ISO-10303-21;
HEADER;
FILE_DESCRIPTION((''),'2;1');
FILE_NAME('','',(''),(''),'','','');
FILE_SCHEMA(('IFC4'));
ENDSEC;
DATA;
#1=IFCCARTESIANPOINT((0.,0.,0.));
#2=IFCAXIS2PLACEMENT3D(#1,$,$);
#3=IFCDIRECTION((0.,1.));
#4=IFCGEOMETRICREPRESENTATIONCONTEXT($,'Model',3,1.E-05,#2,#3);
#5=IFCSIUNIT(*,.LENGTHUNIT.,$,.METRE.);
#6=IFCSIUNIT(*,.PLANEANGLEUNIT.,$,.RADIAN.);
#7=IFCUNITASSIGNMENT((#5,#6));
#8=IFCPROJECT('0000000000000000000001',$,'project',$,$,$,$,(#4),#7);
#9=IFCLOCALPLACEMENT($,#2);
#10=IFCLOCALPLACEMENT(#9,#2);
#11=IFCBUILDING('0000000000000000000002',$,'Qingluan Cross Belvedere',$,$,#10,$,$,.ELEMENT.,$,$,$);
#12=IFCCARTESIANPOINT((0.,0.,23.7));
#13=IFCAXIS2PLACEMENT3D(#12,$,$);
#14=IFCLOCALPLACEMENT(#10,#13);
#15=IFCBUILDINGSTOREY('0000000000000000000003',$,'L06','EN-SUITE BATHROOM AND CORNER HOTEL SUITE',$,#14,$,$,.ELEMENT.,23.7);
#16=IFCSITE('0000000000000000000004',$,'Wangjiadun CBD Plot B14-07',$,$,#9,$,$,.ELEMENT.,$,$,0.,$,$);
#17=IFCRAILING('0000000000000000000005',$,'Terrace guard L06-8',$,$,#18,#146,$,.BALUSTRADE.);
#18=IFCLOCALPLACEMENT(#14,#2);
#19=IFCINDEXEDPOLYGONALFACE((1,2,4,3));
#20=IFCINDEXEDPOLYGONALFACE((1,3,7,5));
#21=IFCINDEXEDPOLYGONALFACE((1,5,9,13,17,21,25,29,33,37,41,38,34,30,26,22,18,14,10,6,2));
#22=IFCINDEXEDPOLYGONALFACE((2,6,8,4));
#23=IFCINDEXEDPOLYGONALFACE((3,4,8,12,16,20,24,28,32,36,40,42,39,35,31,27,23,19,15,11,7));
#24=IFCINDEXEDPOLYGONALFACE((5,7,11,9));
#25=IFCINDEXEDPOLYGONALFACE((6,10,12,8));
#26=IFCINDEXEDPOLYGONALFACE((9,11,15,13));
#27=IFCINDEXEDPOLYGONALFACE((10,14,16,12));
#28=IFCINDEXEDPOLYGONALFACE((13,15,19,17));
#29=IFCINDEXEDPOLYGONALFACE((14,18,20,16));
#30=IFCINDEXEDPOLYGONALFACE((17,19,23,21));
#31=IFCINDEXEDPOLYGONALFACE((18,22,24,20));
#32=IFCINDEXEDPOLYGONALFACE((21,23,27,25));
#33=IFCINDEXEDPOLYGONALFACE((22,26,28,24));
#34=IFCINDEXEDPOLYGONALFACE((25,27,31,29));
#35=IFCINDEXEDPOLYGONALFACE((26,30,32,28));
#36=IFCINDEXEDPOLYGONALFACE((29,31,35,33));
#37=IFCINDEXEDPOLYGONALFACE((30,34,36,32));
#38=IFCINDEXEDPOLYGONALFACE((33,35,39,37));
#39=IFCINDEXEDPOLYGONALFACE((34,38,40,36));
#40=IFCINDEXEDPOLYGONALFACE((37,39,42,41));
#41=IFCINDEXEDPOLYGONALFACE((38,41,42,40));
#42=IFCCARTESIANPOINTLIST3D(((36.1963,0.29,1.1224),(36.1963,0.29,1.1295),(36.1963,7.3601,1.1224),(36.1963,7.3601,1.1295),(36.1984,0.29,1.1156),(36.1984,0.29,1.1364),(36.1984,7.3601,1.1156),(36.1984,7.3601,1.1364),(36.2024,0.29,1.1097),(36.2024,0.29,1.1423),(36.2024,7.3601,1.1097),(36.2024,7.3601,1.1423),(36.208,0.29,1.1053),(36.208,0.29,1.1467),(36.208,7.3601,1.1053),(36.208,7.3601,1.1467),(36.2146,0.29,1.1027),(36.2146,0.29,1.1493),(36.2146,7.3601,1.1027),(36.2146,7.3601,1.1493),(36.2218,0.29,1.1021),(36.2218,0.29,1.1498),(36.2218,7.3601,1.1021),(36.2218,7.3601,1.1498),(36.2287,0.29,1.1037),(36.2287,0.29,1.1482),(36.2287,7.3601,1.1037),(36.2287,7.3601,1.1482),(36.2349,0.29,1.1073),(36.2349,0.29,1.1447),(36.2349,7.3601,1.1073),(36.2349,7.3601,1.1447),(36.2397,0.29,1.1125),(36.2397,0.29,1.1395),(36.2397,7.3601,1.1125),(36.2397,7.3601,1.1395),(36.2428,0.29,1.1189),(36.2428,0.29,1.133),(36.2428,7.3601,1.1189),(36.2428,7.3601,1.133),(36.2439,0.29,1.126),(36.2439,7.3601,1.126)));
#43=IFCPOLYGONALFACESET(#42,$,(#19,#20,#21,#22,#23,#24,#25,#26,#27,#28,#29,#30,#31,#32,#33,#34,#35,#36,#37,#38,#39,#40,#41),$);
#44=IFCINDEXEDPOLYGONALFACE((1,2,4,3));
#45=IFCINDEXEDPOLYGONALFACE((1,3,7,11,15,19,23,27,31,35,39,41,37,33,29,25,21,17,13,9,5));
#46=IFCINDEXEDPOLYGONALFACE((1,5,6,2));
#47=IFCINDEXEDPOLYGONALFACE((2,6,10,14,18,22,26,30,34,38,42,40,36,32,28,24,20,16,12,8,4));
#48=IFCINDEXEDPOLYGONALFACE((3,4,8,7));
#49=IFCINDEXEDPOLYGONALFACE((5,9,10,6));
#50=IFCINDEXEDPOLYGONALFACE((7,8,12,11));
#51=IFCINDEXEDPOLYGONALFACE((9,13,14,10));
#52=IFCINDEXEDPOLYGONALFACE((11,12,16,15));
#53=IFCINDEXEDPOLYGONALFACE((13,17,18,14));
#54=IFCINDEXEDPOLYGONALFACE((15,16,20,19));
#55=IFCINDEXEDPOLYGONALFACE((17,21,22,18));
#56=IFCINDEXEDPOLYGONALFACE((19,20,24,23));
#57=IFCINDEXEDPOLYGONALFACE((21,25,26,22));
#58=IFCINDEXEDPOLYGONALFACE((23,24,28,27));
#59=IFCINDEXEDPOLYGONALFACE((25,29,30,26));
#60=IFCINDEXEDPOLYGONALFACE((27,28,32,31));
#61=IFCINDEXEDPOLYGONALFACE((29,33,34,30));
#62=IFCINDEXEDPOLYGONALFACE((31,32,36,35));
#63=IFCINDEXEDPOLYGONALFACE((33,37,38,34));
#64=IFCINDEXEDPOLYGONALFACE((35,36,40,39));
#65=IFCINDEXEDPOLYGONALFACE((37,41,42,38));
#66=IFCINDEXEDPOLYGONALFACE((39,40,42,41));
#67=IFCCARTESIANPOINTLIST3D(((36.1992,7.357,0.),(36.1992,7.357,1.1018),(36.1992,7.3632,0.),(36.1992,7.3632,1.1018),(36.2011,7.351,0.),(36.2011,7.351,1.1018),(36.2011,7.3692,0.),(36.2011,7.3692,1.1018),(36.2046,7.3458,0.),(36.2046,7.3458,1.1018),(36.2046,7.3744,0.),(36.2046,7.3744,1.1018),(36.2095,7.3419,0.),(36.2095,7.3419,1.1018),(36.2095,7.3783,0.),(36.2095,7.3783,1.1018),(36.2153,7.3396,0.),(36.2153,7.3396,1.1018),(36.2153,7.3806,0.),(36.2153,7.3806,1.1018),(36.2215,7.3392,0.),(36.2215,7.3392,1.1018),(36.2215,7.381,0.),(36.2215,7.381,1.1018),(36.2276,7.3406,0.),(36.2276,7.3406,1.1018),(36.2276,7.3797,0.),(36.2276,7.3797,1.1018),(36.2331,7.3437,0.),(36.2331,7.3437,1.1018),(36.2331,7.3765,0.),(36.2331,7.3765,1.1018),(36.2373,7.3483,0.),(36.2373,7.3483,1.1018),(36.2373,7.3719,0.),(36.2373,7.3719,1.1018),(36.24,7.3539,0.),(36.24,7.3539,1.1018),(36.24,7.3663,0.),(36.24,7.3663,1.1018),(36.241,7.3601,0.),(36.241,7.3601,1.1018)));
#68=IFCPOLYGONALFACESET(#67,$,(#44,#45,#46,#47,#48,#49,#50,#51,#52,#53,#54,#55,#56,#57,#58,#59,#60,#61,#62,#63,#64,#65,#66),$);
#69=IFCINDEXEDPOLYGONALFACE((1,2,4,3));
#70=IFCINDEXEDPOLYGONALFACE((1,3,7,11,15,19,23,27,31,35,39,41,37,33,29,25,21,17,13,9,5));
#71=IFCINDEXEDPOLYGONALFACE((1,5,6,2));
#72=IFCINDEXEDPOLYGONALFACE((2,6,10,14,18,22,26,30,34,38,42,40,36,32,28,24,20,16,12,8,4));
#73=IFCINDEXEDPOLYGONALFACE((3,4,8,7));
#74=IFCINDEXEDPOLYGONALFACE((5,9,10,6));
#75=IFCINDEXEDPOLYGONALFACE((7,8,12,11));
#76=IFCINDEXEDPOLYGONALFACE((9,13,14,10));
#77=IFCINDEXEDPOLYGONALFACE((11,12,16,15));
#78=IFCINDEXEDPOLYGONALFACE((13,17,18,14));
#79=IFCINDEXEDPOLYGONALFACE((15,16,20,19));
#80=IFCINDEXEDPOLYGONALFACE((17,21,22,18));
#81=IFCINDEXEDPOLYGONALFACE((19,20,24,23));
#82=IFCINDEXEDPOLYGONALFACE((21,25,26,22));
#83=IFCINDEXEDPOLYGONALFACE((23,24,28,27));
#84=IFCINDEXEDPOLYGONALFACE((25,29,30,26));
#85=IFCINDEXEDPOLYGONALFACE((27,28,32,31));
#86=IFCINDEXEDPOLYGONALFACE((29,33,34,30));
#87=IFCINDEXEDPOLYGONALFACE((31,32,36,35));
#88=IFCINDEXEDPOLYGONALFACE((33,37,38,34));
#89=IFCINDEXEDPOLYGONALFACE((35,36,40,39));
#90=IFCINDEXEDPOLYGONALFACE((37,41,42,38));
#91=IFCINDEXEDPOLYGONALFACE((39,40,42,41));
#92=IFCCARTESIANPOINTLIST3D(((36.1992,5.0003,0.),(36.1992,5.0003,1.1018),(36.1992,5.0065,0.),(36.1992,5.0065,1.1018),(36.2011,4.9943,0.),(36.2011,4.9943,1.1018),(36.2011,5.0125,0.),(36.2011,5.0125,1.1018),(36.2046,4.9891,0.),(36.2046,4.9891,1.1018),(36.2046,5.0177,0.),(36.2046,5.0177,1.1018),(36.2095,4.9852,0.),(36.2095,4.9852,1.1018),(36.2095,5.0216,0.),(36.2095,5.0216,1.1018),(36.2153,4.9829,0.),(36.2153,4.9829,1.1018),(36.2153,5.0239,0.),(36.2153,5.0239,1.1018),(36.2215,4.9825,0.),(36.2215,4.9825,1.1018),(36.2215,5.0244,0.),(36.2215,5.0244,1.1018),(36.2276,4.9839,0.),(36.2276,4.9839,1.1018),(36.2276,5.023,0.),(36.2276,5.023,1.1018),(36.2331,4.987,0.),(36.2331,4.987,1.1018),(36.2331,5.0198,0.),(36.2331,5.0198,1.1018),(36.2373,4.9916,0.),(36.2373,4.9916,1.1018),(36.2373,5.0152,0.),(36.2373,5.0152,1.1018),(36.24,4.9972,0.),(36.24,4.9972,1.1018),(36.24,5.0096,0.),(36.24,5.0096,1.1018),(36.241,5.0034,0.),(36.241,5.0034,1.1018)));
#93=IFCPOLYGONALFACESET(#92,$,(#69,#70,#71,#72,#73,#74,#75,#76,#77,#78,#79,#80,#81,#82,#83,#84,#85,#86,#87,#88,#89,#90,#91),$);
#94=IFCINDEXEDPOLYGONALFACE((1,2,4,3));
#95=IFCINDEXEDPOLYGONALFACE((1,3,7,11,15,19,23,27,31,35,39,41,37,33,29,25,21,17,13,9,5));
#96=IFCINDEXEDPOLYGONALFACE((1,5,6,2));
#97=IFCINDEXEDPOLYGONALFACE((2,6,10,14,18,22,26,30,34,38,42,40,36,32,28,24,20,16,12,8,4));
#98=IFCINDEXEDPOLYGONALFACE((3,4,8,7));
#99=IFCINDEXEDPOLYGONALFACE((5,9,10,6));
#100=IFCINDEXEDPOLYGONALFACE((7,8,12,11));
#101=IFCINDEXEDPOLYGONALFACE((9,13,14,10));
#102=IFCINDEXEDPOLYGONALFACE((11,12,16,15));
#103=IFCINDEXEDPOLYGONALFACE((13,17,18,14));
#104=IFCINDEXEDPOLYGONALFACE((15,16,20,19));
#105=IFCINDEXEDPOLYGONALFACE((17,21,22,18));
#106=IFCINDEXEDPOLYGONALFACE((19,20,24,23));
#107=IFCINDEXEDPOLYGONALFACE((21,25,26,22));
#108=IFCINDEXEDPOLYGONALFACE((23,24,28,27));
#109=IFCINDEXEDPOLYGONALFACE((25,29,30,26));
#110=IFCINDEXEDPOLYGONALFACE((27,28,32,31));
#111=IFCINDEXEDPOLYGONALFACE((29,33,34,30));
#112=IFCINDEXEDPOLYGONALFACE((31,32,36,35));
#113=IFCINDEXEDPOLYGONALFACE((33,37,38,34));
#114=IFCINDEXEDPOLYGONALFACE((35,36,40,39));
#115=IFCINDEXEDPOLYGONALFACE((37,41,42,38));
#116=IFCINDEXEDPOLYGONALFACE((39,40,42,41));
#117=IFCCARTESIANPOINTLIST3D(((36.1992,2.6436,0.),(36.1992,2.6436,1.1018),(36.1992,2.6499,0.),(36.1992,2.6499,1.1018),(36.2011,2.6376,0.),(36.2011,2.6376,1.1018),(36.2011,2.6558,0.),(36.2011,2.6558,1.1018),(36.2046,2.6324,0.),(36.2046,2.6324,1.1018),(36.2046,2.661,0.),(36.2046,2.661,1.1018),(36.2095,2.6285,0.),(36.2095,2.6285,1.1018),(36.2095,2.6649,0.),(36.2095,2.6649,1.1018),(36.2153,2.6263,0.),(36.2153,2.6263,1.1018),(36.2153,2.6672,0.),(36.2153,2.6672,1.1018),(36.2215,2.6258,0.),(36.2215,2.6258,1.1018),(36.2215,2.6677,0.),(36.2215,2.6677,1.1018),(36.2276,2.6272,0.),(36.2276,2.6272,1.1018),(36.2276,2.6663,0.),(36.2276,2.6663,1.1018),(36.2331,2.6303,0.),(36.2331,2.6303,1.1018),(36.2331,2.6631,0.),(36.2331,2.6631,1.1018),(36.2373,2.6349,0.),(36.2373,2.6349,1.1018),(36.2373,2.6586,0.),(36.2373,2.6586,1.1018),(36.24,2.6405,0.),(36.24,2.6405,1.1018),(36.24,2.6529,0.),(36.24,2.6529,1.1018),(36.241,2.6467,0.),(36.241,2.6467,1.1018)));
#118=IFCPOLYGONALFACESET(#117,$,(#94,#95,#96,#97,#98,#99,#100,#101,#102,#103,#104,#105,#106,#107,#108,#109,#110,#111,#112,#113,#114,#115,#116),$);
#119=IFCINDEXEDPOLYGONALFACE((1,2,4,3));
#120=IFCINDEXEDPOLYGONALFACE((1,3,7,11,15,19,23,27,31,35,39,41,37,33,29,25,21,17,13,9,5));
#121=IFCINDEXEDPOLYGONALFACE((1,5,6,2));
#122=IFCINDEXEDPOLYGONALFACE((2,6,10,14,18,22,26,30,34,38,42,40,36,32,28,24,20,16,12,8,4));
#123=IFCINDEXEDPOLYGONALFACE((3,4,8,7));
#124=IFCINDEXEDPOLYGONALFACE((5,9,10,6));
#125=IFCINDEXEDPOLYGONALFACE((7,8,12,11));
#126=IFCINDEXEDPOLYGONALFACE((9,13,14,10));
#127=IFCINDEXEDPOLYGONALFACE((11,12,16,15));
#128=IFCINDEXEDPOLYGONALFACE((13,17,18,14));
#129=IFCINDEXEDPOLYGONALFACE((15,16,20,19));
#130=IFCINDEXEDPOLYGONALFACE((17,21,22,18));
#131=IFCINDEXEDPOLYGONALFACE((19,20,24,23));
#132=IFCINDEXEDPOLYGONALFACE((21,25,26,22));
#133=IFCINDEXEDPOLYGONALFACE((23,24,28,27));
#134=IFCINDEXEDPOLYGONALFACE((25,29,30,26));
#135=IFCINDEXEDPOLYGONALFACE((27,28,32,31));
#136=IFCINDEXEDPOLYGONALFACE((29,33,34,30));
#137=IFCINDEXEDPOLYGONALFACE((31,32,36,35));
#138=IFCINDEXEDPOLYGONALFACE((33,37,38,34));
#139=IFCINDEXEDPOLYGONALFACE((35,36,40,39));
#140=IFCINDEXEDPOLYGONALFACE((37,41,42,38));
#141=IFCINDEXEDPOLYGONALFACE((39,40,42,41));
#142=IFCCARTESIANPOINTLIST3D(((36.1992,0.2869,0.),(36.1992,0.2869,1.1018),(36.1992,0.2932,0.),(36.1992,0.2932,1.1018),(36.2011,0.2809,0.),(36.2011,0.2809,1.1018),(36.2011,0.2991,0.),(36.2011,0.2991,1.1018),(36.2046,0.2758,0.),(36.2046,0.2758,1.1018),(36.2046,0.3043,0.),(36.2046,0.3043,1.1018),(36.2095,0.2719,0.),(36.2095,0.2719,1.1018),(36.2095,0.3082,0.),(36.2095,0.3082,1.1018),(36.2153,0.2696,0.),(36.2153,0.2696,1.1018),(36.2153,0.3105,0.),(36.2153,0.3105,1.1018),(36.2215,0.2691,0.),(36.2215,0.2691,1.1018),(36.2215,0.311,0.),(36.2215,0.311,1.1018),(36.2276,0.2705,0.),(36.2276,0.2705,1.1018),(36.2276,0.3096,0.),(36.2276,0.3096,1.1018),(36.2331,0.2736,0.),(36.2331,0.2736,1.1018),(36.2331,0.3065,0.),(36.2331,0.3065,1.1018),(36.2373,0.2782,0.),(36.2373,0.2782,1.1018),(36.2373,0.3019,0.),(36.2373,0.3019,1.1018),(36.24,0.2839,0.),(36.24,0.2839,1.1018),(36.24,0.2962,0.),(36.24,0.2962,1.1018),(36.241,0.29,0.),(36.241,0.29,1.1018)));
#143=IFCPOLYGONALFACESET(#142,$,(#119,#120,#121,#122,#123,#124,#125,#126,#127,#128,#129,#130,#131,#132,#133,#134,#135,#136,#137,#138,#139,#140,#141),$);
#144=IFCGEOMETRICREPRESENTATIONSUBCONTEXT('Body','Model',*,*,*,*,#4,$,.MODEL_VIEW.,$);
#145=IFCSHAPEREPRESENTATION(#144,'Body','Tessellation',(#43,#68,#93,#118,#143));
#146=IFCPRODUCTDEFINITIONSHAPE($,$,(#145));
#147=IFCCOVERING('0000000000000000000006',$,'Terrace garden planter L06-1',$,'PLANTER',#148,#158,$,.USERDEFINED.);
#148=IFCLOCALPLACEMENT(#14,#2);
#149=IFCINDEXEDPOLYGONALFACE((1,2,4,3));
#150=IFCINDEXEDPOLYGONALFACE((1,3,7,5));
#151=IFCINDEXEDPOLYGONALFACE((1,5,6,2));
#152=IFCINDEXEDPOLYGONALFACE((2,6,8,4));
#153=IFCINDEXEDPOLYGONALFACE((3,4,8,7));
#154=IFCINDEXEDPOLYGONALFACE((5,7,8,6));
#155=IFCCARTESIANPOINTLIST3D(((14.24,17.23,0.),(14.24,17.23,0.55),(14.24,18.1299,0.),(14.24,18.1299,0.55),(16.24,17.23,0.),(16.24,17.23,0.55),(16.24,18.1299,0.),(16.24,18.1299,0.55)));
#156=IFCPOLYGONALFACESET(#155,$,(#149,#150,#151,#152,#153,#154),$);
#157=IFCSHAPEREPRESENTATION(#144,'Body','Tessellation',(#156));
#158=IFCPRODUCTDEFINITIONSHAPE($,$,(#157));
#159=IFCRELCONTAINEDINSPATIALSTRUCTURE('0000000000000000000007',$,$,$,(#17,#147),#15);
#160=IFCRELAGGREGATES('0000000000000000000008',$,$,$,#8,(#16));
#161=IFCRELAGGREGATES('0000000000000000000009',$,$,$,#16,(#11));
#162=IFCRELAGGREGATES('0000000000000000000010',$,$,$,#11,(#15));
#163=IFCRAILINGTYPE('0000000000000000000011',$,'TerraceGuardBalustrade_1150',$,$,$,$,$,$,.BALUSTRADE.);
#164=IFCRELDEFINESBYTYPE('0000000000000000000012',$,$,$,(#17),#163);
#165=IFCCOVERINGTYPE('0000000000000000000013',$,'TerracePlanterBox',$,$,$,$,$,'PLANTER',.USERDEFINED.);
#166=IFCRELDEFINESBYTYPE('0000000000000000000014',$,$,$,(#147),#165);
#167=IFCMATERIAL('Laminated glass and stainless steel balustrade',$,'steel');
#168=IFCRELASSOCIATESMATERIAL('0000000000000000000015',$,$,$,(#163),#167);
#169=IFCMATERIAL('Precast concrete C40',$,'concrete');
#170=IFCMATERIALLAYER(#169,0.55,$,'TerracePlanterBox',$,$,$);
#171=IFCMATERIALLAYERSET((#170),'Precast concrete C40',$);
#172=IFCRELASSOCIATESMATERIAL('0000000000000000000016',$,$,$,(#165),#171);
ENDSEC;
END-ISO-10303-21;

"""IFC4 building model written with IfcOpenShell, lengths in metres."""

from ifc_helpers import new_model, si_unit, direction, frame, origin, origin_2d, place, context, subcontext, project, spatial, rectangle, circle, extrude, material, layer, layer_set, type_object, element, save


model = new_model("IFC4")

# Units and contexts
model_context = context("Model", 3, precision=1e-05, world=origin(), true_north=direction((0.0, 1.0)))
body_context = subcontext(model_context, "Body", "Model", "MODEL_VIEW")
ifc_project = project(units=[si_unit("LENGTHUNIT", "METRE"), si_unit("PLANEANGLEUNIT", "RADIAN")], contexts=[model_context])

# Site, building, storey
site_placement = place(None, origin())
site = spatial("IfcSite", under=ifc_project, at=site_placement, Name="Wangjiadun CBD Plot B14-07", CompositionType="ELEMENT", RefElevation=0.0)
building_placement = place(site_placement, origin())
building = spatial("IfcBuilding", under=site, at=building_placement, Name="Qingluan Cross Belvedere", CompositionType="ELEMENT")
storey_placement = place(building_placement, frame((0.0, 0.0, 23.7)))
storey = spatial("IfcBuildingStorey", under=building, at=storey_placement, Name="L06", Description="EN-SUITE BATHROOM AND CORNER HOTEL SUITE", CompositionType="ELEMENT", Elevation=23.7)

# Railing
ifc_material_1 = material(Name="Laminated glass and stainless steel balustrade", Category="steel")
railing_type = type_object("IfcRailingType", Name="TerraceGuardBalustrade_1150", PredefinedType="BALUSTRADE", material=ifc_material_1)
railing_1_placement = place(storey_placement, frame((36.22, 7.3601, 0.0)))
element("IfcRailing", 1, at=railing_1_placement, inside=storey, type_object=railing_type, Name="Terrace guard L06-8", PredefinedType="BALUSTRADE", context=body_context, shape_type="SweptSolid", body=[
    extrude(circle(Radius=0.0239, at=origin_2d()), frame((0.0, 0.0, 1.126), z_axis=(0.0, -1.0, 0.0), x_axis=(1.0, 0.0, 0.0)), (0.0, 0.0, 1.0), 7.0701),
    extrude(circle(Radius=0.021, at=origin_2d()), origin(), (0.0, 0.0, 1.0), 1.1018),
    extrude(circle(Radius=0.021, at=origin_2d()), frame((0.0, -2.3567, 0.0)), (0.0, 0.0, 1.0), 1.1018),
    extrude(circle(Radius=0.021, at=origin_2d()), frame((0.0, -4.7134, 0.0)), (0.0, 0.0, 1.0), 1.1018),
    extrude(circle(Radius=0.021, at=origin_2d()), frame((0.0, -7.0701, 0.0)), (0.0, 0.0, 1.0), 1.1018),
])

# Covering
ifc_material_2 = material(Name="Precast concrete C40", Category="concrete")
ifc_layer_1 = layer(ifc_material_2, 0.55, Name="TerracePlanterBox")
ifc_layer_set_1 = layer_set([ifc_layer_1], Name="Precast concrete C40")
covering_type_1 = type_object("IfcCoveringType", Name="TerracePlanterBox", ElementType="PLANTER", PredefinedType="USERDEFINED", material=ifc_layer_set_1)
covering_1_placement = place(storey_placement, frame((15.24, 17.6799, 0.0), z_axis=(0.0, 0.0, 1.0), x_axis=(1.0, 0.0, 0.0)))
element("IfcCovering", 2, at=covering_1_placement, inside=storey, type_object=covering_type_1, Name="Terrace garden planter L06-1", ObjectType="PLANTER", PredefinedType="USERDEFINED", context=body_context, shape_type="SweptSolid", body=[
    extrude(rectangle(XDim=2.0, YDim=0.8999, at=origin_2d()), origin(), (0.0, 0.0, 1.0), 0.55),
])

save(model, "model.ifc")
